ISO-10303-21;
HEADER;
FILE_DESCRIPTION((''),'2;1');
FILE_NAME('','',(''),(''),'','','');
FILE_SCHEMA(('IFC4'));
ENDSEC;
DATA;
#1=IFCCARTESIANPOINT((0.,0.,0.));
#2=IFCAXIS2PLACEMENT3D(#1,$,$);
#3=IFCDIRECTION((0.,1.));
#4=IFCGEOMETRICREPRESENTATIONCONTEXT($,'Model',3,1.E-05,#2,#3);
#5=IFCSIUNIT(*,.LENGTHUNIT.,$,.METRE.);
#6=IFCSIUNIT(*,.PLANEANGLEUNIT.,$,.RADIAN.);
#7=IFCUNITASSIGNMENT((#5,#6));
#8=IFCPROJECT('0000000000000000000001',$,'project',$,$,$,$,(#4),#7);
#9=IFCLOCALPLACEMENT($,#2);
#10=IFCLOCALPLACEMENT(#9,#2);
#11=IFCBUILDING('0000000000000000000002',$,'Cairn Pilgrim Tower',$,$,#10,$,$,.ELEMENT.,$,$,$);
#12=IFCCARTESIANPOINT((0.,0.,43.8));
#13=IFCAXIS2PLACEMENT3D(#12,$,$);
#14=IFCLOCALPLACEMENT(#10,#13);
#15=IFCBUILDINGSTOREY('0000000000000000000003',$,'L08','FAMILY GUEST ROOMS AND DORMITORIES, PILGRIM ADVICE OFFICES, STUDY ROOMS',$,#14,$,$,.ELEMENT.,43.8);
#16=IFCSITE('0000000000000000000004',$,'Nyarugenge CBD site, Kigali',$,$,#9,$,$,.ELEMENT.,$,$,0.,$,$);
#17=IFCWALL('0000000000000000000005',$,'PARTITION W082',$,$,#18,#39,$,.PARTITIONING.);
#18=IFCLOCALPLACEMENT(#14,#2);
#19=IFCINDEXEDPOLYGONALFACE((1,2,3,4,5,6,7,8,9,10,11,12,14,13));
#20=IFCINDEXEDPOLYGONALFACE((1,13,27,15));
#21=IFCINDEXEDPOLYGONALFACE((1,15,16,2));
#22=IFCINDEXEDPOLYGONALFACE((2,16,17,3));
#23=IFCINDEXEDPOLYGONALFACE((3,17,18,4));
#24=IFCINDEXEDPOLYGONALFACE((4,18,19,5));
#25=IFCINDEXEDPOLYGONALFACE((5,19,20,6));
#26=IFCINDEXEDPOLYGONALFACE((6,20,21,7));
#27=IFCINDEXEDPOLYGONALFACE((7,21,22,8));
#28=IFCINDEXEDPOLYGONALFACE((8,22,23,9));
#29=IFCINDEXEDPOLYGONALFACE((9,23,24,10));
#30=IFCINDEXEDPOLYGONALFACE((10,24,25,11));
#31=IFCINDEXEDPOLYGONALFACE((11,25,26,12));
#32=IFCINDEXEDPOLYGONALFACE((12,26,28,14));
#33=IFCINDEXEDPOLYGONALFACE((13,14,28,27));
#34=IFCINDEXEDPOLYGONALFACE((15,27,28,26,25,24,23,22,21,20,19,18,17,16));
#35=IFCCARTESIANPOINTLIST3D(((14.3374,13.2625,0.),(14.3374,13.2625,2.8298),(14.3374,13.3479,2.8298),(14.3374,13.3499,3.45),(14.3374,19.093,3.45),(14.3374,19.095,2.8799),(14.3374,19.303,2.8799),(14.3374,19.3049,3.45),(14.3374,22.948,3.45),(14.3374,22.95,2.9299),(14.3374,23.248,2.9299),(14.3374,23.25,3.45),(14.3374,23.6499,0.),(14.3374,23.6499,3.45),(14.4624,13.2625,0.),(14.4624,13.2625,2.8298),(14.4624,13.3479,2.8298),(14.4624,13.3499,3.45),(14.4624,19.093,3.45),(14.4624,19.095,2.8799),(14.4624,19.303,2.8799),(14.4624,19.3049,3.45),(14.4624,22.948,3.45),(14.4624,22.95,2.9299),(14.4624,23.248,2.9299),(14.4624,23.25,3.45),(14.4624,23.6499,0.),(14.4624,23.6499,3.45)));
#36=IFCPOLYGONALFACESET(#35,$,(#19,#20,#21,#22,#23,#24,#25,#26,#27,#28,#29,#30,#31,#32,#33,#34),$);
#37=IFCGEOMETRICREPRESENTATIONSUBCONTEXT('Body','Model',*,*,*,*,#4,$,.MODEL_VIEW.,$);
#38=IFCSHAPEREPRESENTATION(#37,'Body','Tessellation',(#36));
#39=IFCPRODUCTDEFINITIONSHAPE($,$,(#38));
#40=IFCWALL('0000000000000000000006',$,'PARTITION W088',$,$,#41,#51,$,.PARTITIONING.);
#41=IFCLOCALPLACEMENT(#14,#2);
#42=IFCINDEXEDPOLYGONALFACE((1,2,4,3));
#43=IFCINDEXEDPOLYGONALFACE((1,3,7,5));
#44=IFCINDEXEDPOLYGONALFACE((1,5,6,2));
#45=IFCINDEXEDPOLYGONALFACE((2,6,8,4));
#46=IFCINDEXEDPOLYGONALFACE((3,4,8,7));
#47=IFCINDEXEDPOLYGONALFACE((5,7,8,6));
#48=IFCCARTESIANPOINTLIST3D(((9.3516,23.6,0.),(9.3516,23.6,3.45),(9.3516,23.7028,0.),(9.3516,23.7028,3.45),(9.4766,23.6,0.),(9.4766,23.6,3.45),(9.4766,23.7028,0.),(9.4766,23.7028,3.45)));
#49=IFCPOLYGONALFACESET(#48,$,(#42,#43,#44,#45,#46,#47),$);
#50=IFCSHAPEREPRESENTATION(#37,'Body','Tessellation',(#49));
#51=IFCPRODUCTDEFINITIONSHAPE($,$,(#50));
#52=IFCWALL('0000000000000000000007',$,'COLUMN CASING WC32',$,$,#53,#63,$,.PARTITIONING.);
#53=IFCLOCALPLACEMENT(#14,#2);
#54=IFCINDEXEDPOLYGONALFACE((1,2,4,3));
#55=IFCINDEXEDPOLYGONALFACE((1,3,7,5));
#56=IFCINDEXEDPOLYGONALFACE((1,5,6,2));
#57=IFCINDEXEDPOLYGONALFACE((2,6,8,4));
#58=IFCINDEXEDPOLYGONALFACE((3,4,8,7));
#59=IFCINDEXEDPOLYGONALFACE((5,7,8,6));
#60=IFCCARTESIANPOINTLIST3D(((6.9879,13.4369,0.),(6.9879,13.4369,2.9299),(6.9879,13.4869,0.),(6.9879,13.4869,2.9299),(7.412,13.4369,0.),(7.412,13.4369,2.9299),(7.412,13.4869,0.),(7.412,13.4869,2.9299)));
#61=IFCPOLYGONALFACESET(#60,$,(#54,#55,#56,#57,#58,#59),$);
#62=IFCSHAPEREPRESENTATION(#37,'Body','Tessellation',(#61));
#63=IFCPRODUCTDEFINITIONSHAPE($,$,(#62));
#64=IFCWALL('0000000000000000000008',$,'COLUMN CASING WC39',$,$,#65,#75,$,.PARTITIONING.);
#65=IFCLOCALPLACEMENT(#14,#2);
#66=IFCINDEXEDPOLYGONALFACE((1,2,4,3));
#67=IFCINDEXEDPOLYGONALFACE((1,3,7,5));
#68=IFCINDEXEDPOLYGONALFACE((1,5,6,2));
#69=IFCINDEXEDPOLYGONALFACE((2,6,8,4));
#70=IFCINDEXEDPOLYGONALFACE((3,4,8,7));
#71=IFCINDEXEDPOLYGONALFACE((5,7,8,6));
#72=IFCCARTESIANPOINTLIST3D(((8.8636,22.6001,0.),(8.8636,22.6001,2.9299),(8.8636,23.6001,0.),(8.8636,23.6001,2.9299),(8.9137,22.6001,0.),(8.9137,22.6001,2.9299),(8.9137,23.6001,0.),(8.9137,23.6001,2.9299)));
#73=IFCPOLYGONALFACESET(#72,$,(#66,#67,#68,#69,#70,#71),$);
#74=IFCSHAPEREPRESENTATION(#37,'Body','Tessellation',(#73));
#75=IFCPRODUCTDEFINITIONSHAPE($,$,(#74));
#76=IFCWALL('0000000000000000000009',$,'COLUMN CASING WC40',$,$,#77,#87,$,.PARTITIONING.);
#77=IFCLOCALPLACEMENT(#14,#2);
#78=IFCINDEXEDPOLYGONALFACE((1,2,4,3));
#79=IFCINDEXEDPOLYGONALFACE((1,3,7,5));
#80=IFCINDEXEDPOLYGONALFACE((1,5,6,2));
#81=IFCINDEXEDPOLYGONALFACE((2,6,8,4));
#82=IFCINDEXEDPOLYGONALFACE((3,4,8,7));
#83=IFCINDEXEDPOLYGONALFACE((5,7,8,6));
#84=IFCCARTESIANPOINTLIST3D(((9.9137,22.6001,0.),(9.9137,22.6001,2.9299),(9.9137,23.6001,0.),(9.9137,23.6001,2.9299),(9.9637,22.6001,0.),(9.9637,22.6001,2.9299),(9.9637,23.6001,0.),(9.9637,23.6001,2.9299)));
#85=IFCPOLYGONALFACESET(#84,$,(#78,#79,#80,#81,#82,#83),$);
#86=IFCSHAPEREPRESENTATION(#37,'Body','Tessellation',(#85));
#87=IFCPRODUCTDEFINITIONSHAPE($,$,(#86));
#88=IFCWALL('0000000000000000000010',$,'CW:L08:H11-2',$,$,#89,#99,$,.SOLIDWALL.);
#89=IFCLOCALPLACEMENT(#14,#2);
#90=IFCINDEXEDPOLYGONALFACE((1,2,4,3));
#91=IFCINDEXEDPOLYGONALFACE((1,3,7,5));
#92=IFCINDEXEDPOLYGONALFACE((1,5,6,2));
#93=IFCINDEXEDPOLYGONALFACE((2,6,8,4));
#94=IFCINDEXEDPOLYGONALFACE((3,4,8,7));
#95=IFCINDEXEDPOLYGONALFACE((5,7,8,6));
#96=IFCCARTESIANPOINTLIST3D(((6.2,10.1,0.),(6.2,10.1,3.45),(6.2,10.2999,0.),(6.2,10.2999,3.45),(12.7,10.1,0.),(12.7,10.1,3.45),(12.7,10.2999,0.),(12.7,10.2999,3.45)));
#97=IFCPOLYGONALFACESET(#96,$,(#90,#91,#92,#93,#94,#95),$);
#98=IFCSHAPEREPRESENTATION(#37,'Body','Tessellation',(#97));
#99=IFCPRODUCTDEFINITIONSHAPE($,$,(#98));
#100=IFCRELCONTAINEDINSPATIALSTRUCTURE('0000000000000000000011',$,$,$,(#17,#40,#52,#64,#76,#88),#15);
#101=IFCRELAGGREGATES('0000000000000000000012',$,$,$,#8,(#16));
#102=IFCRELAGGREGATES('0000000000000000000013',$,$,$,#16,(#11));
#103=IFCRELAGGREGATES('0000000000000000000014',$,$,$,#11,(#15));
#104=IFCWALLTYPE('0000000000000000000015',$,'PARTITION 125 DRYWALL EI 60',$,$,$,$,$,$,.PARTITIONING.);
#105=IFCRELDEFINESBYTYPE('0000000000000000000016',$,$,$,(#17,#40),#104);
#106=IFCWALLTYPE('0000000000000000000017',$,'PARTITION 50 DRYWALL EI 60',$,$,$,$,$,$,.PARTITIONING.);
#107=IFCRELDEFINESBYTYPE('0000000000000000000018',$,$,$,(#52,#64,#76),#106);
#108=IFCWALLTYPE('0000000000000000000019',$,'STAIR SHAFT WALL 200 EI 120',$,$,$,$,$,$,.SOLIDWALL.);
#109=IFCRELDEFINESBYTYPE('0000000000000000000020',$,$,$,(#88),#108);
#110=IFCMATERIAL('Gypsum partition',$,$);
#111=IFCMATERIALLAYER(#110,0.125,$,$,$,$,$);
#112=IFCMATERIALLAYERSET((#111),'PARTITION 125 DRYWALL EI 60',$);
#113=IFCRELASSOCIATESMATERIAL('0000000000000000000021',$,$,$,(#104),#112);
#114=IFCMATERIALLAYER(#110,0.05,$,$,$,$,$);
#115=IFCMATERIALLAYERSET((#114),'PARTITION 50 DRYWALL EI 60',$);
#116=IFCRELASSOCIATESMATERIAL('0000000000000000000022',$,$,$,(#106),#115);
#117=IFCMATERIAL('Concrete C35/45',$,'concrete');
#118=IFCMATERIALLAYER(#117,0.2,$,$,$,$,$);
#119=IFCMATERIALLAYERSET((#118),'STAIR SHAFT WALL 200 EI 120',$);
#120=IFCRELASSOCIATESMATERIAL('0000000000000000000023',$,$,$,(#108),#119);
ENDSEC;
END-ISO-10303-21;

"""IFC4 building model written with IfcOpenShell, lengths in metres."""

from ifc_helpers import new_model, si_unit, direction, frame, frame_2d, origin, place, context, subcontext, project, spatial, polyline, rectangle, outline, extrude, material, layer, layer_set, type_object, element, save


model = new_model("IFC4")

# Units and contexts
model_context = context("Model", 3, precision=1e-05, world=origin(), true_north=direction((0.0, 1.0)))
body_context = subcontext(model_context, "Body", "Model", "MODEL_VIEW")
ifc_project = project(units=[si_unit("LENGTHUNIT", "METRE"), si_unit("PLANEANGLEUNIT", "RADIAN")], contexts=[model_context])

# Site, building, storey
site_placement = place(None, origin())
site = spatial("IfcSite", under=ifc_project, at=site_placement, Name="Nyarugenge CBD site, Kigali", CompositionType="ELEMENT", RefElevation=0.0)
building_placement = place(site_placement, origin())
building = spatial("IfcBuilding", under=site, at=building_placement, Name="Cairn Pilgrim Tower", CompositionType="ELEMENT")
storey_placement = place(building_placement, frame((0.0, 0.0, 43.8)))
storey = spatial("IfcBuildingStorey", under=building, at=storey_placement, Name="L08", Description="FAMILY GUEST ROOMS AND DORMITORIES, PILGRIM ADVICE OFFICES, STUDY ROOMS", CompositionType="ELEMENT", Elevation=43.8)

# Shared definitions
ifc_material_1 = material(Name="Gypsum partition")
ifc_layer_1 = layer(ifc_material_1, 0.125)
ifc_layer_set_1 = layer_set([ifc_layer_1], Name="PARTITION 125 DRYWALL EI 60")
wall_type_1 = type_object("IfcWallType", Name="PARTITION 125 DRYWALL EI 60", PredefinedType="PARTITIONING", material=ifc_layer_set_1)

# Walls
wall_1_placement = place(storey_placement, frame((14.3999, 13.2625, 0.0), z_axis=(0.0, 0.0, 1.0), x_axis=(0.0, 1.0, 0.0)))
element("IfcWall", 1, at=wall_1_placement, inside=storey, type_object=wall_type_1, Name="PARTITION W082", PredefinedType="PARTITIONING", context=body_context, shape_type="SweptSolid", body=[
    extrude(outline(polyline([(0.0, 0.0), (10.3875, 0.0), (10.3875, 3.45), (9.9875, 3.45), (9.9856, 2.9299), (9.6875, 2.9299), (9.6855, 3.45), (6.0425, 3.45), (6.0405, 2.8799), (5.8325, 2.8799), (5.8306, 3.45), (0.0874, 3.45), (0.0854, 2.8298), (0.0, 2.8298), (0.0, 0.0)])), frame((0.0, 0.0625, 0.0), z_axis=(0.0, -1.0, 0.0), x_axis=(1.0, 0.0, 0.0)), (0.0, 0.0, 1.0), 0.125),
])
wall_2_placement = place(storey_placement, frame((9.4141, 23.6001, 0.0), z_axis=(0.0, 0.0, 1.0), x_axis=(0.0, 1.0, 0.0)))
element("IfcWall", 2, at=wall_2_placement, inside=storey, type_object=wall_type_1, Name="PARTITION W088", PredefinedType="PARTITIONING", context=body_context, shape_type="SweptSolid", body=[
    extrude(rectangle(XDim=0.1028, YDim=0.125, at=frame_2d((0.0513, 0.0))), origin(), (0.0, 0.0, 1.0), 3.45),
])
ifc_layer_2 = layer(ifc_material_1, 0.05)
ifc_layer_set_2 = layer_set([ifc_layer_2], Name="PARTITION 50 DRYWALL EI 60")
wall_type_2 = type_object("IfcWallType", Name="PARTITION 50 DRYWALL EI 60", PredefinedType="PARTITIONING", material=ifc_layer_set_2)
wall_3_placement = place(storey_placement, frame((6.988, 13.4619, 0.0), z_axis=(0.0, 0.0, 1.0), x_axis=(1.0, 0.0, 0.0)))
element("IfcWall", 3, at=wall_3_placement, inside=storey, type_object=wall_type_2, Name="COLUMN CASING WC32", PredefinedType="PARTITIONING", context=body_context, shape_type="SweptSolid", body=[
    extrude(rectangle(XDim=0.4241, YDim=0.05, at=frame_2d((0.2119, 0.0))), origin(), (0.0, 0.0, 1.0), 2.9299),
])
for number, where, z_axis, x_axis, name in (
    (4, (8.8887, 22.6001, 0.0), (0.0, 0.0, 1.0), (0.0, 1.0, 0.0), "COLUMN CASING WC39"),
    (5, (9.9387, 22.6001, 0.0), (0.0, 0.0, 1.0), (0.0, 1.0, 0.0), "COLUMN CASING WC40"),
):
    element("IfcWall", number, at=place(storey_placement, frame(where, z_axis=z_axis, x_axis=x_axis)), inside=storey, type_object=wall_type_2, Name=name, PredefinedType="PARTITIONING", context=body_context, shape_type="SweptSolid", body=[
        extrude(rectangle(XDim=1.0, YDim=0.05, at=frame_2d((0.5, 0.0))), origin(), (0.0, 0.0, 1.0), 2.9299),
    ])
ifc_material_2 = material(Name="Concrete C35/45", Category="concrete")
ifc_layer_3 = layer(ifc_material_2, 0.2)
ifc_layer_set_3 = layer_set([ifc_layer_3], Name="STAIR SHAFT WALL 200 EI 120")
wall_type_3 = type_object("IfcWallType", Name="STAIR SHAFT WALL 200 EI 120", PredefinedType="SOLIDWALL", material=ifc_layer_set_3)
wall_4_placement = place(storey_placement, frame((6.2, 10.2, 0.0), z_axis=(0.0, 0.0, 1.0), x_axis=(1.0, 0.0, 0.0)))
element("IfcWall", 6, at=wall_4_placement, inside=storey, type_object=wall_type_3, Name="CW:L08:H11-2", PredefinedType="SOLIDWALL", context=body_context, shape_type="SweptSolid", body=[
    extrude(rectangle(XDim=6.5, YDim=0.2, at=frame_2d((3.25, 0.0))), origin(), (0.0, 0.0, 1.0), 3.45),
])

save(model, "model.ifc")
